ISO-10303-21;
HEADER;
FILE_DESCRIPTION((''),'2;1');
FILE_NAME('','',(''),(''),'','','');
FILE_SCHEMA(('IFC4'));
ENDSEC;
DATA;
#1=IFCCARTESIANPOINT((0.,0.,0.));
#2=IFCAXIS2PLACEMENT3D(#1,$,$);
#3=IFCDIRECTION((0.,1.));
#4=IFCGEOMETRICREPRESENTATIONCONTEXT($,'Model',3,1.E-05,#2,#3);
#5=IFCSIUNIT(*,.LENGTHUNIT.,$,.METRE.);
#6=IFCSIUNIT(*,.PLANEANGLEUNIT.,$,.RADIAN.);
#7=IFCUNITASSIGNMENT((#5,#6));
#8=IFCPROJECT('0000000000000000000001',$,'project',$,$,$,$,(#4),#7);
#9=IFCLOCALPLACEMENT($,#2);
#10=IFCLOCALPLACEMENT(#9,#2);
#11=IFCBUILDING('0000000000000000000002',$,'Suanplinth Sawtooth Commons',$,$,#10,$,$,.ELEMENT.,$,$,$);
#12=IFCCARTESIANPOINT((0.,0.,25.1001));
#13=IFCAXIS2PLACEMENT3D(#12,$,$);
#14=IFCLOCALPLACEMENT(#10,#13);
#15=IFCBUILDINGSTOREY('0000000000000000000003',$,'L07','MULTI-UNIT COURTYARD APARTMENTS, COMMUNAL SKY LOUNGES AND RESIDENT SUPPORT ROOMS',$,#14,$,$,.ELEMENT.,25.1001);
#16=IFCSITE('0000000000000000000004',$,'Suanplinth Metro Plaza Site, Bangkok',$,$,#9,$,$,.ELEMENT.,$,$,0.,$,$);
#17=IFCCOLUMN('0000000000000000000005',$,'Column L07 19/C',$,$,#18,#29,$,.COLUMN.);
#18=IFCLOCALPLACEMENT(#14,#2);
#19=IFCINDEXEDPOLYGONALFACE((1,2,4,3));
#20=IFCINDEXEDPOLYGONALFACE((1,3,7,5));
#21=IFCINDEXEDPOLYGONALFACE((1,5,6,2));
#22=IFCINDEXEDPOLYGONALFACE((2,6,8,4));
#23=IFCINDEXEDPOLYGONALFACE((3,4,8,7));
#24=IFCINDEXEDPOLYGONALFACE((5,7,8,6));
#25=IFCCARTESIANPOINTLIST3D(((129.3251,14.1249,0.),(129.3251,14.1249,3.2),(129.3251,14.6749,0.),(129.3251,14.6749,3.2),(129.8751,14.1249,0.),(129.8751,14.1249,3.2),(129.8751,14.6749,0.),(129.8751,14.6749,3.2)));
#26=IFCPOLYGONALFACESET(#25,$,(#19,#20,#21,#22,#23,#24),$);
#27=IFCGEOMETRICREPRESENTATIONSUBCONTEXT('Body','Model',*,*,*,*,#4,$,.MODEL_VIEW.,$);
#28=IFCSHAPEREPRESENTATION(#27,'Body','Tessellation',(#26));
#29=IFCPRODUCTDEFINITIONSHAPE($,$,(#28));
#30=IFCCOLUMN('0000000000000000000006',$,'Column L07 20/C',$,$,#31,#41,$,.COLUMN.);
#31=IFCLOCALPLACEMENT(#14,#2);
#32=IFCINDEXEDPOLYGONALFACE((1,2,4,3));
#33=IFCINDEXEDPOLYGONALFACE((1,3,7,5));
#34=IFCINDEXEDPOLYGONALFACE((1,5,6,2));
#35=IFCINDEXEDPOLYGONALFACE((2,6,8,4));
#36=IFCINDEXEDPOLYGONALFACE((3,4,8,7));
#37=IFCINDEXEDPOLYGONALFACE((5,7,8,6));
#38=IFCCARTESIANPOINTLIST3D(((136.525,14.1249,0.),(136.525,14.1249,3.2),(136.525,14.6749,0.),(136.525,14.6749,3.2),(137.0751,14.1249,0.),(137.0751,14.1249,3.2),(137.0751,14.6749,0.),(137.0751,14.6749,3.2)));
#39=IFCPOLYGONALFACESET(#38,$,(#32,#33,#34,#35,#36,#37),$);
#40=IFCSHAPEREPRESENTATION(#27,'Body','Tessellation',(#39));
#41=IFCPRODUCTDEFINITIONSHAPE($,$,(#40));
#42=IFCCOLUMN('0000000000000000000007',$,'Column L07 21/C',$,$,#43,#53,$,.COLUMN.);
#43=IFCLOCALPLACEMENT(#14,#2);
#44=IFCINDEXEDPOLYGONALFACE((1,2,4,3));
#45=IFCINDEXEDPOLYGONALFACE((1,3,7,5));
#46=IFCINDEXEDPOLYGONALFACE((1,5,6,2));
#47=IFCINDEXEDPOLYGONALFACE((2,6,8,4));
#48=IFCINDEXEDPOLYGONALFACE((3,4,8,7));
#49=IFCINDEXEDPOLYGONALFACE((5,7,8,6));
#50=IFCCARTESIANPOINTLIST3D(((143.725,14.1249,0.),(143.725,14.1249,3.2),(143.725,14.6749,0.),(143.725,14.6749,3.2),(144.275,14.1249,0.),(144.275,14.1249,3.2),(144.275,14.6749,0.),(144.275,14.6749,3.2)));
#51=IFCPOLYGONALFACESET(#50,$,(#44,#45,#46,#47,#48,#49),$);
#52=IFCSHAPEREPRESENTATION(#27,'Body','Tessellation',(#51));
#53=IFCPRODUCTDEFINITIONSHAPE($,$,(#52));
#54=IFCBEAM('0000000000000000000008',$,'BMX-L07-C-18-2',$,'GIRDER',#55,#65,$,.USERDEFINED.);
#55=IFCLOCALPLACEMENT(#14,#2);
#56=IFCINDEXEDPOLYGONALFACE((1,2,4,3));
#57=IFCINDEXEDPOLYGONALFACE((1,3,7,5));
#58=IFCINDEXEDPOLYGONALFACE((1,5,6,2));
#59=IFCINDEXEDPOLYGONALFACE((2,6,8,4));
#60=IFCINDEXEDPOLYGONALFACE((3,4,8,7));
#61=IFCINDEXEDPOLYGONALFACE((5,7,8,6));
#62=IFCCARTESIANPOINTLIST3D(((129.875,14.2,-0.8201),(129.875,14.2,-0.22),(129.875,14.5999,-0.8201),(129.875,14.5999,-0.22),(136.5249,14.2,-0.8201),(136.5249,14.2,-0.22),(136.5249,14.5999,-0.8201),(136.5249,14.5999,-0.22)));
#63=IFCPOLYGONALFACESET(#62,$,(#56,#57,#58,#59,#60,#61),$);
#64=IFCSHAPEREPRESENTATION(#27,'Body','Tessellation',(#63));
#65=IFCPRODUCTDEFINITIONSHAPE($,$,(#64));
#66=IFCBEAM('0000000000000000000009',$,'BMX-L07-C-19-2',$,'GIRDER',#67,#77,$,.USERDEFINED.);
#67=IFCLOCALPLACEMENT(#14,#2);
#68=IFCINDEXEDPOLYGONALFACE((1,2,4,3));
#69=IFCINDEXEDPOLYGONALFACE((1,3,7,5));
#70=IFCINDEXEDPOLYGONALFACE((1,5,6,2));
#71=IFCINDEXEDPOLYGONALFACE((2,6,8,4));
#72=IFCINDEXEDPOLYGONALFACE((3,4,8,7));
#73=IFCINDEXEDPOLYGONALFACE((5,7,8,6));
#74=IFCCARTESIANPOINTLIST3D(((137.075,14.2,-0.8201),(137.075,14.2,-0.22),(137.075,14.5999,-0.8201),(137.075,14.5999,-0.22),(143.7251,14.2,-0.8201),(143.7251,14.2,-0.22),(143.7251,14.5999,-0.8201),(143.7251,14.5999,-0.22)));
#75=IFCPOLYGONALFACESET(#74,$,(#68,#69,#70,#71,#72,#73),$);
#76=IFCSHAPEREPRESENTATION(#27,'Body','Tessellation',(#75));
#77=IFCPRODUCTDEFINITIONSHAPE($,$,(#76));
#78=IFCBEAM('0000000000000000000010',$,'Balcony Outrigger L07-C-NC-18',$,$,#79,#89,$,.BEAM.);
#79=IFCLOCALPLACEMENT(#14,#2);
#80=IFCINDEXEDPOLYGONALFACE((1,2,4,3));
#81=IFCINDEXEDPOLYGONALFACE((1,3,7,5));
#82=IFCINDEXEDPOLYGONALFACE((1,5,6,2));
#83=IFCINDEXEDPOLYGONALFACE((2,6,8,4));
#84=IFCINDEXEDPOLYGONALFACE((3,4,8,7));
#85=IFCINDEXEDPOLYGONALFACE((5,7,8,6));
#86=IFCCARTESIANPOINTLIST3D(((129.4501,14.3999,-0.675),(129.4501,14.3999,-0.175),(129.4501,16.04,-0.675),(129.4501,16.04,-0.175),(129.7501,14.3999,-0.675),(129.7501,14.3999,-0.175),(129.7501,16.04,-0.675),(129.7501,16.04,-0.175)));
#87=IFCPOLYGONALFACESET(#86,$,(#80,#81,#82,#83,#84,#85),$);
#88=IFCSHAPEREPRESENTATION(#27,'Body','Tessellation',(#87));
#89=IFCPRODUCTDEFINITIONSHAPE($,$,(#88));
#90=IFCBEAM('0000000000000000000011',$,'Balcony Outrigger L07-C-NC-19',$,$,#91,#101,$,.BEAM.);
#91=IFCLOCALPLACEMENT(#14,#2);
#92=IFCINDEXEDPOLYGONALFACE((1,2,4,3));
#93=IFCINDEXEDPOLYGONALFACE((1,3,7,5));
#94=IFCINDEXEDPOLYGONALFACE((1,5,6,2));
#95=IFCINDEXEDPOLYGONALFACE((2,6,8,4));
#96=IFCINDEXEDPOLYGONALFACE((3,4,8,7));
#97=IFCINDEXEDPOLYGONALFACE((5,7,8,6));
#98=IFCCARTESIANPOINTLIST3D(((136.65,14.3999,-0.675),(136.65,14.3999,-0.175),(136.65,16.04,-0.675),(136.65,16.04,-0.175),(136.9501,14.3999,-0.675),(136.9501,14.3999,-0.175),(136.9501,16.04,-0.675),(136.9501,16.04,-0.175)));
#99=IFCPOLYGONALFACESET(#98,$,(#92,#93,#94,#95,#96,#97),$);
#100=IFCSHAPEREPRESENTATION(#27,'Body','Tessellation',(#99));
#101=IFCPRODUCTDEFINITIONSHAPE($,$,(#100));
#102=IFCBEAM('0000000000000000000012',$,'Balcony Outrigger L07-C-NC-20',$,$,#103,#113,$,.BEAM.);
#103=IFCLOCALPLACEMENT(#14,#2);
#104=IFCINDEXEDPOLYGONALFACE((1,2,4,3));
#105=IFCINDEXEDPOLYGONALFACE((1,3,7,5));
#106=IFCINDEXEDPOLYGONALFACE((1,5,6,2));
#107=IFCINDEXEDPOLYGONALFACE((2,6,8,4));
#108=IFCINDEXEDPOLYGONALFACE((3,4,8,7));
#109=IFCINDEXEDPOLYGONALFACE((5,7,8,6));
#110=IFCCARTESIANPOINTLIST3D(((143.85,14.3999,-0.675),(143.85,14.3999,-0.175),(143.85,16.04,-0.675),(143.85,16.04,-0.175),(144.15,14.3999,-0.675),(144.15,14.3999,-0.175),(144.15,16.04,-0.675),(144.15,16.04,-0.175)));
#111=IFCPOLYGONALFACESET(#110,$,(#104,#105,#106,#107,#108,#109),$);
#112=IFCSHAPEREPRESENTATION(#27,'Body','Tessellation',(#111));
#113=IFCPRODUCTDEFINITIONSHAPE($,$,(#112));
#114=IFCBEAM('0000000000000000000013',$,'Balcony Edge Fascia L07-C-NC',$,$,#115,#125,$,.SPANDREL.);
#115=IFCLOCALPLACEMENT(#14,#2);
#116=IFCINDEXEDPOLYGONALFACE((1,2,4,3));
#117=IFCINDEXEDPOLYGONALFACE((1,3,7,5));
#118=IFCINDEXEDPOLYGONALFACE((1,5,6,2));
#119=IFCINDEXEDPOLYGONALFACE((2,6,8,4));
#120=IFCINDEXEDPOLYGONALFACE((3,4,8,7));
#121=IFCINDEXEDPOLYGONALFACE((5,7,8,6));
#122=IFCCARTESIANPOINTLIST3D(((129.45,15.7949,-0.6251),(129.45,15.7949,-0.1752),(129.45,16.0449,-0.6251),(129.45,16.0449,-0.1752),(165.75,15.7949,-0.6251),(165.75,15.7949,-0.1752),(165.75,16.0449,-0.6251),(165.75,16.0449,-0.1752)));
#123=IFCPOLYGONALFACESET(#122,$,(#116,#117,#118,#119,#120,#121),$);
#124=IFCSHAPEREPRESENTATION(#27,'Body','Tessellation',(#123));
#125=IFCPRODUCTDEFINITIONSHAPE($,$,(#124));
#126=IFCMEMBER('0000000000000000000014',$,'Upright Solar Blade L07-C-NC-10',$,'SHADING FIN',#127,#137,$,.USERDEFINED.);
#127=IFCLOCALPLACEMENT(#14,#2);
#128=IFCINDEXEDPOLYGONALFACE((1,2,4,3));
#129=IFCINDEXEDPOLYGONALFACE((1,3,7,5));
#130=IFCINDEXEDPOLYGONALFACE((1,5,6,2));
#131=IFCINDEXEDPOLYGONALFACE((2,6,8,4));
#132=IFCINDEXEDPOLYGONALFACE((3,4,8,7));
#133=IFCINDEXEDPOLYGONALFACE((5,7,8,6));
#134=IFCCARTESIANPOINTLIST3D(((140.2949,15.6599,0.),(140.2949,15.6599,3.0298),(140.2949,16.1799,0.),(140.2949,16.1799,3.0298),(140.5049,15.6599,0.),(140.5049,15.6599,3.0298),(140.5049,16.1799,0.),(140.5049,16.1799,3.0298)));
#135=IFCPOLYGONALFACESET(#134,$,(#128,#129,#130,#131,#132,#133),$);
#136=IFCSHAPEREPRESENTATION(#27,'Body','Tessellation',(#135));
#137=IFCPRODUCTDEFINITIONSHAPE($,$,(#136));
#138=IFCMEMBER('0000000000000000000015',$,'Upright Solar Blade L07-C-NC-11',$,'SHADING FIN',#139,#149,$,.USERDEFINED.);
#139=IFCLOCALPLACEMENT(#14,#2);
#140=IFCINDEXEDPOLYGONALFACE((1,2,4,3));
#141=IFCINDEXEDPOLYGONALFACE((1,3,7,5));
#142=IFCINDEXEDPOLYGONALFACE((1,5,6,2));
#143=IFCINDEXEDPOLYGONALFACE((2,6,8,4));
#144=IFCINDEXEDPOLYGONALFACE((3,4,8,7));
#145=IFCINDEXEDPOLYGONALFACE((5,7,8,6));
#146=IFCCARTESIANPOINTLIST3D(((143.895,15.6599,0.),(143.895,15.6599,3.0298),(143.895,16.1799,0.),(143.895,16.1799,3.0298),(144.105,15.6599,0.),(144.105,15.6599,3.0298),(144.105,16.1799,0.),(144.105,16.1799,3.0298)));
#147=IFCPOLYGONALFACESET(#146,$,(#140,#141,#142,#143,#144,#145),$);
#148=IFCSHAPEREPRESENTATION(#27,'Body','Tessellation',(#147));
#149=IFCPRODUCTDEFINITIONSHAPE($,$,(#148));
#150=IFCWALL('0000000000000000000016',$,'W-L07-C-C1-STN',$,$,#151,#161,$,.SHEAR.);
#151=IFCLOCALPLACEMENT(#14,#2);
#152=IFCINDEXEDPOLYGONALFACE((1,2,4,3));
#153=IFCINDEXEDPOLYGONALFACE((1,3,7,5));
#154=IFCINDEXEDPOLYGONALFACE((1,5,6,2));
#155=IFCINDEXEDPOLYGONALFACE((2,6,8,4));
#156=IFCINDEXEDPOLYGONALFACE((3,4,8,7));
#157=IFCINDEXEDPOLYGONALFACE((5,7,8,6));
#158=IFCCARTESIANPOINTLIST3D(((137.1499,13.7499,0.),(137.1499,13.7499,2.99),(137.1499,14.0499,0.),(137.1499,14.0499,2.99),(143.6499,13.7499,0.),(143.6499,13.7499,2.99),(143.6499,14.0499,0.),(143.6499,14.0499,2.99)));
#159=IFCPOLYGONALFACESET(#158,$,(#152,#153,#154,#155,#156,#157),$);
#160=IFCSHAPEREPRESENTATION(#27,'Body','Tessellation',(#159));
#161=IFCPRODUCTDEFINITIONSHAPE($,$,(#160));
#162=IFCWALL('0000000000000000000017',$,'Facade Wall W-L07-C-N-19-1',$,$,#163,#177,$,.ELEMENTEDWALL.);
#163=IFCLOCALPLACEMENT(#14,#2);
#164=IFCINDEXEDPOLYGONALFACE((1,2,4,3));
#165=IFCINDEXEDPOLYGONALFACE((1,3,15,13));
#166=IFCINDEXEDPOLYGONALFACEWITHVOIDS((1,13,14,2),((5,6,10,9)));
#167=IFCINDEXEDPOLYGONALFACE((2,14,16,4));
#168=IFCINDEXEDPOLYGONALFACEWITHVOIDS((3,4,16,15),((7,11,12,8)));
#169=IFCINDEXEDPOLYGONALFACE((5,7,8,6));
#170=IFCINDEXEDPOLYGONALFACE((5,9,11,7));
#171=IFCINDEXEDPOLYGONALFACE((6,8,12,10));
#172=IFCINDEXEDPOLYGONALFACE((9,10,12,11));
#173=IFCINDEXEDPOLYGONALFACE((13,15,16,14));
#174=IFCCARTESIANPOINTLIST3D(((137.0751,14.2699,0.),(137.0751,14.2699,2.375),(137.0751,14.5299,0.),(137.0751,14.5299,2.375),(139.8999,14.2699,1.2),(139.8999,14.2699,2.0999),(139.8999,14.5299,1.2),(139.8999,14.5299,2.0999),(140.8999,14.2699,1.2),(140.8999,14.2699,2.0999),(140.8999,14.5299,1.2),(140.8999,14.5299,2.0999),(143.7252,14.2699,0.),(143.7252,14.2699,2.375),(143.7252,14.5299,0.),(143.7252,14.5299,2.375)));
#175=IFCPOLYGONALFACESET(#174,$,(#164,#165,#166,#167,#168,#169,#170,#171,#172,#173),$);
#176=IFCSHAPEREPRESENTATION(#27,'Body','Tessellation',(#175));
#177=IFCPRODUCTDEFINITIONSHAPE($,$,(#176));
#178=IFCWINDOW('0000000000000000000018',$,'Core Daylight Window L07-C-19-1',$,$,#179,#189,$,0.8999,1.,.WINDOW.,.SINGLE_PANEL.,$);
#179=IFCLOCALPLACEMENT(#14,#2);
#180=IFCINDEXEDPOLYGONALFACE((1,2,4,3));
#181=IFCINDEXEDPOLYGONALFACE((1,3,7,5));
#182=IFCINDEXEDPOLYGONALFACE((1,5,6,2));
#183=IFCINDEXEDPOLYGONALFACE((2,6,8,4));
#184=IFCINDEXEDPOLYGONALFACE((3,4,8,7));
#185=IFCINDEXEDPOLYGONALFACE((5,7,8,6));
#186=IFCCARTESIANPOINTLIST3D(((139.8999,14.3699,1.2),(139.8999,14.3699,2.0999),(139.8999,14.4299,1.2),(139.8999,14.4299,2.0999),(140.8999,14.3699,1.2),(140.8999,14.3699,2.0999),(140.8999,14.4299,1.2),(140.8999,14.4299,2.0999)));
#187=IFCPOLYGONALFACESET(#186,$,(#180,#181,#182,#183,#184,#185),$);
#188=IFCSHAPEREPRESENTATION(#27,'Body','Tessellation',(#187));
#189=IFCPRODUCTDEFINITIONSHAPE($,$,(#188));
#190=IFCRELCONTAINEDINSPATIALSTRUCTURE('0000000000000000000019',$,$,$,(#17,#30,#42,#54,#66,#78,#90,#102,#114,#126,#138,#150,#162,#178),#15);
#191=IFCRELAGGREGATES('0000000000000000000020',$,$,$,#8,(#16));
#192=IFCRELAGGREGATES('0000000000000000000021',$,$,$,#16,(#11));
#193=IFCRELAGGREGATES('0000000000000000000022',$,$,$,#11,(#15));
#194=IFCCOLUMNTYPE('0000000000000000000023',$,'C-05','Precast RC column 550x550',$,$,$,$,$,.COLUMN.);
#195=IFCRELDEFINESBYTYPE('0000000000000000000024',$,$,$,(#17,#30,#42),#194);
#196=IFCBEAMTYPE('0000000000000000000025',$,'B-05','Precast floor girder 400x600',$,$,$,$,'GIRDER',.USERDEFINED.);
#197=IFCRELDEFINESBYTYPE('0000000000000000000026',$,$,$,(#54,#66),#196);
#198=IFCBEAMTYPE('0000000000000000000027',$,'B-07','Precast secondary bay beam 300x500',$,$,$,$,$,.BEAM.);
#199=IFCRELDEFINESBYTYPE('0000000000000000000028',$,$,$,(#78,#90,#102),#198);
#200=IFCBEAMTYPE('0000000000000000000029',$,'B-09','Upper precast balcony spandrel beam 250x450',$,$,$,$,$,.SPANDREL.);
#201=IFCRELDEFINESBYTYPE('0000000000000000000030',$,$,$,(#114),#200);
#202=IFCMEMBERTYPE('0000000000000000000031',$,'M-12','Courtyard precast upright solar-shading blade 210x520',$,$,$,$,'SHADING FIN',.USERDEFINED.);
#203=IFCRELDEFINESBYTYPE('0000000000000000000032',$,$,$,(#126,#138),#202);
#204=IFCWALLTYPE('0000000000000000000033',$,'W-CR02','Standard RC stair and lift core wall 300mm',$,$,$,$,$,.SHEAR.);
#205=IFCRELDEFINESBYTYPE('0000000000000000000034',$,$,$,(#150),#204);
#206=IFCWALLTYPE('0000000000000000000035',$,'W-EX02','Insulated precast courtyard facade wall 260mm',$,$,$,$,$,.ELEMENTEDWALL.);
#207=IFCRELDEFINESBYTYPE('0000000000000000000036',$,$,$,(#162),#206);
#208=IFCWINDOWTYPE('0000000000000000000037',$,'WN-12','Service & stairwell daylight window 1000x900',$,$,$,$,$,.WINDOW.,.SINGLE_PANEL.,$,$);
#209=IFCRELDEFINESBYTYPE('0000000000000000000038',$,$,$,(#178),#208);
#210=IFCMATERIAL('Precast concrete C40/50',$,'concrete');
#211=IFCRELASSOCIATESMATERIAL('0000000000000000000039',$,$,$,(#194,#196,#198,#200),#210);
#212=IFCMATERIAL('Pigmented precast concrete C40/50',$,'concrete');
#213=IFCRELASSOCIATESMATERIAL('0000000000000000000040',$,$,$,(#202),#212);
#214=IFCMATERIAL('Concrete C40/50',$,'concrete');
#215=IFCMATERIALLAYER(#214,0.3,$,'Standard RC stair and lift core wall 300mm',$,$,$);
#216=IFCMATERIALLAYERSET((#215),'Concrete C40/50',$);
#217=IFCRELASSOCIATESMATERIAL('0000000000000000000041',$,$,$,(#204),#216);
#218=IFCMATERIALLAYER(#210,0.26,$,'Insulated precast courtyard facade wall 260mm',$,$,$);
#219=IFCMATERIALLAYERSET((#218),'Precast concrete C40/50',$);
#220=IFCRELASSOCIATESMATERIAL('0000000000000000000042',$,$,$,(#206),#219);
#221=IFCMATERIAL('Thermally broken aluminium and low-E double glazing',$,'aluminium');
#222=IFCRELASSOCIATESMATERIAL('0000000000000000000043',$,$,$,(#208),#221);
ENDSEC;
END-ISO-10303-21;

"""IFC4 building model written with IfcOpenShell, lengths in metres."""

from ifc_helpers import new_model, si_unit, direction, frame, frame_2d, origin, origin_2d, place, context, subcontext, project, spatial, rectangle, extrude, material, layer, layer_set, material_profile, profile_set, type_object, element, fill, save


model = new_model("IFC4")

# Units and contexts
model_context = context("Model", 3, precision=1e-05, world=origin(), true_north=direction((0.0, 1.0)))
body_context = subcontext(model_context, "Body", "Model", "MODEL_VIEW")
ifc_project = project(units=[si_unit("LENGTHUNIT", "METRE"), si_unit("PLANEANGLEUNIT", "RADIAN")], contexts=[model_context])

# Site, building, storey
site_placement = place(None, origin())
site = spatial("IfcSite", under=ifc_project, at=site_placement, Name="Suanplinth Metro Plaza Site, Bangkok", CompositionType="ELEMENT", RefElevation=0.0)
building_placement = place(site_placement, origin())
building = spatial("IfcBuilding", under=site, at=building_placement, Name="Suanplinth Sawtooth Commons", CompositionType="ELEMENT")
storey_placement = place(building_placement, frame((0.0, 0.0, 25.1001)))
storey = spatial("IfcBuildingStorey", under=building, at=storey_placement, Name="L07", Description="MULTI-UNIT COURTYARD APARTMENTS, COMMUNAL SKY LOUNGES AND RESIDENT SUPPORT ROOMS", CompositionType="ELEMENT", Elevation=25.1001)

# Columns
ifc_material_1 = material(Name="Precast concrete C40/50", Category="concrete")
ifc_material_profile_1 = material_profile(ifc_material_1, rectangle(XDim=0.55, YDim=0.55, at=origin_2d()), Name="PC-COL 550x550")
ifc_profile_set_1 = profile_set([ifc_material_profile_1], Name="Precast concrete C40/50")
column_type = type_object("IfcColumnType", Name="C-05", Description="Precast RC column 550x550", PredefinedType="COLUMN", material=ifc_profile_set_1)
for number, where, z_axis, x_axis, name in (
    (1, (129.6001, 14.3999, 0.0), (0.0, 0.0, 1.0), (1.0, 0.0, 0.0), "Column L07 19/C"),
    (2, (136.8, 14.3999, 0.0), (0.0, 0.0, 1.0), (1.0, 0.0, 0.0), "Column L07 20/C"),
    (3, (144.0, 14.3999, 0.0), (0.0, 0.0, 1.0), (1.0, 0.0, 0.0), "Column L07 21/C"),
):
    element("IfcColumn", number, at=place(storey_placement, frame(where, z_axis=z_axis, x_axis=x_axis)), inside=storey, type_object=column_type, Name=name, PredefinedType="COLUMN", context=body_context, shape_type="SweptSolid", body=[
        extrude(rectangle(XDim=0.55, YDim=0.55, at=origin_2d()), origin(), (0.0, 0.0, 1.0), 3.2),
    ])

# Beams
ifc_material_profile_2 = material_profile(ifc_material_1, rectangle(XDim=0.3999, YDim=0.6001, at=origin_2d()), Name="PC-GDR 400x600")
ifc_profile_set_2 = profile_set([ifc_material_profile_2], Name="Precast concrete C40/50")
beam_type_1 = type_object("IfcBeamType", Name="B-05", Description="Precast floor girder 400x600", ElementType="GIRDER", PredefinedType="USERDEFINED", material=ifc_profile_set_2)
beam_1_placement = place(storey_placement, frame((129.875, 14.3999, -0.52), z_axis=(1.0, 0.0, 0.0), x_axis=(0.0, 1.0, 0.0)))
element("IfcBeam", 4, at=beam_1_placement, inside=storey, type_object=beam_type_1, Name="BMX-L07-C-18-2", ObjectType="GIRDER", PredefinedType="USERDEFINED", context=body_context, shape_type="SweptSolid", body=[
    extrude(rectangle(XDim=0.3999, YDim=0.6001, at=origin_2d()), origin(), (0.0, 0.0, 1.0), 6.6499),
])
beam_2_placement = place(storey_placement, frame((137.075, 14.3999, -0.52), z_axis=(1.0, 0.0, 0.0), x_axis=(0.0, 1.0, 0.0)))
element("IfcBeam", 5, at=beam_2_placement, inside=storey, type_object=beam_type_1, Name="BMX-L07-C-19-2", ObjectType="GIRDER", PredefinedType="USERDEFINED", context=body_context, shape_type="SweptSolid", body=[
    extrude(rectangle(XDim=0.3999, YDim=0.6001, at=origin_2d()), origin(), (0.0, 0.0, 1.0), 6.6501),
])
ifc_material_profile_3 = material_profile(ifc_material_1, rectangle(XDim=0.3, YDim=0.5, at=origin_2d()), Name="PC-BM 300x500")
ifc_profile_set_3 = profile_set([ifc_material_profile_3], Name="Precast concrete C40/50")
beam_type_2 = type_object("IfcBeamType", Name="B-07", Description="Precast secondary bay beam 300x500", PredefinedType="BEAM", material=ifc_profile_set_3)
for number, where, z_axis, x_axis, name in (
    (6, (129.6001, 14.3999, -0.425), (0.0, 1.0, 0.0), (-1.0, 0.0, 0.0), "Balcony Outrigger L07-C-NC-18"),
    (7, (136.8, 14.3999, -0.425), (0.0, 1.0, 0.0), (-1.0, 0.0, 0.0), "Balcony Outrigger L07-C-NC-19"),
    (8, (144.0, 14.3999, -0.425), (0.0, 1.0, 0.0), (-1.0, 0.0, 0.0), "Balcony Outrigger L07-C-NC-20"),
):
    element("IfcBeam", number, at=place(storey_placement, frame(where, z_axis=z_axis, x_axis=x_axis)), inside=storey, type_object=beam_type_2, Name=name, PredefinedType="BEAM", context=body_context, shape_type="SweptSolid", body=[
        extrude(rectangle(XDim=0.3, YDim=0.5, at=origin_2d()), origin(), (0.0, 0.0, 1.0), 1.6401),
    ])
ifc_material_profile_4 = material_profile(ifc_material_1, rectangle(XDim=0.25, YDim=0.45, at=origin_2d()), Name="PC-SP 250x450")
ifc_profile_set_4 = profile_set([ifc_material_profile_4], Name="Precast concrete C40/50")
beam_type_3 = type_object("IfcBeamType", Name="B-09", Description="Upper precast balcony spandrel beam 250x450", PredefinedType="SPANDREL", material=ifc_profile_set_4)
beam_3_placement = place(storey_placement, frame((129.45, 15.9199, -0.4001), z_axis=(1.0, 0.0, 0.0), x_axis=(0.0, 1.0, 0.0)))
element("IfcBeam", 9, at=beam_3_placement, inside=storey, type_object=beam_type_3, Name="Balcony Edge Fascia L07-C-NC", PredefinedType="SPANDREL", context=body_context, shape_type="SweptSolid", body=[
    extrude(rectangle(XDim=0.25, YDim=0.45, at=origin_2d()), origin(), (0.0, 0.0, 1.0), 36.3),
])

# Members
ifc_material_2 = material(Name="Pigmented precast concrete C40/50", Category="concrete")
ifc_material_profile_5 = material_profile(ifc_material_2, rectangle(XDim=0.21, YDim=0.52, at=origin_2d()), Name="PC-FIN 210x520")
ifc_profile_set_5 = profile_set([ifc_material_profile_5], Name="Pigmented precast concrete C40/50")
member_type = type_object("IfcMemberType", Name="M-12", Description="Courtyard precast upright solar-shading blade 210x520", ElementType="SHADING FIN", PredefinedType="USERDEFINED", material=ifc_profile_set_5)
for number, where, z_axis, x_axis, name in (
    (10, (140.3999, 15.9199, 0.0), (0.0, 0.0, 1.0), (1.0, 0.0, 0.0), "Upright Solar Blade L07-C-NC-10"),
    (11, (144.0, 15.9199, 0.0), (0.0, 0.0, 1.0), (1.0, 0.0, 0.0), "Upright Solar Blade L07-C-NC-11"),
):
    element("IfcMember", number, at=place(storey_placement, frame(where, z_axis=z_axis, x_axis=x_axis)), inside=storey, type_object=member_type, Name=name, ObjectType="SHADING FIN", PredefinedType="USERDEFINED", context=body_context, shape_type="SweptSolid", body=[
        extrude(rectangle(XDim=0.21, YDim=0.52, at=origin_2d()), origin(), (0.0, 0.0, 1.0), 3.0298),
    ])

# Wall
ifc_material_3 = material(Name="Concrete C40/50", Category="concrete")
ifc_layer_1 = layer(ifc_material_3, 0.3, Name="Standard RC stair and lift core wall 300mm")
ifc_layer_set_1 = layer_set([ifc_layer_1], Name="Concrete C40/50")
wall_type_1 = type_object("IfcWallType", Name="W-CR02", Description="Standard RC stair and lift core wall 300mm", PredefinedType="SHEAR", material=ifc_layer_set_1)
wall_1_placement = place(storey_placement, frame((137.1499, 13.8999, 0.0), z_axis=(0.0, 0.0, 1.0), x_axis=(1.0, 0.0, 0.0)))
element("IfcWall", 12, at=wall_1_placement, inside=storey, type_object=wall_type_1, Name="W-L07-C-C1-STN", PredefinedType="SHEAR", context=body_context, shape_type="SweptSolid", body=[
    extrude(rectangle(XDim=6.5, YDim=0.3, at=frame_2d((3.25, 0.0))), origin(), (0.0, 0.0, 1.0), 2.99),
])

# Shared definitions
ifc_layer_2 = layer(ifc_material_1, 0.26, Name="Insulated precast courtyard facade wall 260mm")
ifc_layer_set_2 = layer_set([ifc_layer_2], Name="Precast concrete C40/50")
wall_type_2 = type_object("IfcWallType", Name="W-EX02", Description="Insulated precast courtyard facade wall 260mm", PredefinedType="ELEMENTEDWALL", material=ifc_layer_set_2)
ifc_material_4 = material(Name="Thermally broken aluminium and low-E double glazing", Category="aluminium")

# Wall, opening, window
wall_2_placement = place(storey_placement, frame((137.075, 14.3999, 0.0), z_axis=(0.0, 0.0, 1.0), x_axis=(1.0, 0.0, 0.0)))
wall_2 = element("IfcWall", 13, at=wall_2_placement, inside=storey, type_object=wall_type_2, Name="Facade Wall W-L07-C-N-19-1", PredefinedType="ELEMENTEDWALL", context=body_context, shape_type="SweptSolid", body=[
    extrude(rectangle(XDim=6.6501, YDim=0.26, at=frame_2d((3.3252, 0.0))), origin(), (0.0, 0.0, 1.0), 2.375),
])
opening_1_placement = place(wall_2_placement, frame((2.825, 0.0, 1.2)))
opening_1 = element("IfcOpeningElement", 14, at=opening_1_placement, cuts=wall_2, PredefinedType="OPENING", context=body_context, shape_type="SweptSolid", body=[
    extrude(rectangle(XDim=1.0, YDim=0.8999, at=frame_2d((0.5, 0.45))), frame((0.0, 0.145, 0.0), z_axis=(0.0, -1.0, 0.0), x_axis=(1.0, 0.0, 0.0)), (0.0, 0.0, 1.0), 0.2898),
])
window_type_1 = type_object("IfcWindowType", Name="WN-12", Description="Service & stairwell daylight window 1000x900", PartitioningType="SINGLE_PANEL", PredefinedType="WINDOW", material=ifc_material_4)
window_1_placement = place(opening_1_placement, origin())
window_1 = element("IfcWindow", 15, at=window_1_placement, inside=storey, type_object=window_type_1, Name="Core Daylight Window L07-C-19-1", OverallHeight=0.8999, OverallWidth=1.0, PartitioningType="SINGLE_PANEL", PredefinedType="WINDOW", context=body_context, shape_type="SweptSolid", body=[
    extrude(rectangle(XDim=1.0, YDim=0.8999, at=frame_2d((0.5, 0.45))), frame((0.0, 0.03, 0.0), z_axis=(0.0, -1.0, 0.0), x_axis=(1.0, 0.0, 0.0)), (0.0, 0.0, 1.0), 0.0601),
])
fill(opening_1, window_1)

save(model, "model.ifc")
